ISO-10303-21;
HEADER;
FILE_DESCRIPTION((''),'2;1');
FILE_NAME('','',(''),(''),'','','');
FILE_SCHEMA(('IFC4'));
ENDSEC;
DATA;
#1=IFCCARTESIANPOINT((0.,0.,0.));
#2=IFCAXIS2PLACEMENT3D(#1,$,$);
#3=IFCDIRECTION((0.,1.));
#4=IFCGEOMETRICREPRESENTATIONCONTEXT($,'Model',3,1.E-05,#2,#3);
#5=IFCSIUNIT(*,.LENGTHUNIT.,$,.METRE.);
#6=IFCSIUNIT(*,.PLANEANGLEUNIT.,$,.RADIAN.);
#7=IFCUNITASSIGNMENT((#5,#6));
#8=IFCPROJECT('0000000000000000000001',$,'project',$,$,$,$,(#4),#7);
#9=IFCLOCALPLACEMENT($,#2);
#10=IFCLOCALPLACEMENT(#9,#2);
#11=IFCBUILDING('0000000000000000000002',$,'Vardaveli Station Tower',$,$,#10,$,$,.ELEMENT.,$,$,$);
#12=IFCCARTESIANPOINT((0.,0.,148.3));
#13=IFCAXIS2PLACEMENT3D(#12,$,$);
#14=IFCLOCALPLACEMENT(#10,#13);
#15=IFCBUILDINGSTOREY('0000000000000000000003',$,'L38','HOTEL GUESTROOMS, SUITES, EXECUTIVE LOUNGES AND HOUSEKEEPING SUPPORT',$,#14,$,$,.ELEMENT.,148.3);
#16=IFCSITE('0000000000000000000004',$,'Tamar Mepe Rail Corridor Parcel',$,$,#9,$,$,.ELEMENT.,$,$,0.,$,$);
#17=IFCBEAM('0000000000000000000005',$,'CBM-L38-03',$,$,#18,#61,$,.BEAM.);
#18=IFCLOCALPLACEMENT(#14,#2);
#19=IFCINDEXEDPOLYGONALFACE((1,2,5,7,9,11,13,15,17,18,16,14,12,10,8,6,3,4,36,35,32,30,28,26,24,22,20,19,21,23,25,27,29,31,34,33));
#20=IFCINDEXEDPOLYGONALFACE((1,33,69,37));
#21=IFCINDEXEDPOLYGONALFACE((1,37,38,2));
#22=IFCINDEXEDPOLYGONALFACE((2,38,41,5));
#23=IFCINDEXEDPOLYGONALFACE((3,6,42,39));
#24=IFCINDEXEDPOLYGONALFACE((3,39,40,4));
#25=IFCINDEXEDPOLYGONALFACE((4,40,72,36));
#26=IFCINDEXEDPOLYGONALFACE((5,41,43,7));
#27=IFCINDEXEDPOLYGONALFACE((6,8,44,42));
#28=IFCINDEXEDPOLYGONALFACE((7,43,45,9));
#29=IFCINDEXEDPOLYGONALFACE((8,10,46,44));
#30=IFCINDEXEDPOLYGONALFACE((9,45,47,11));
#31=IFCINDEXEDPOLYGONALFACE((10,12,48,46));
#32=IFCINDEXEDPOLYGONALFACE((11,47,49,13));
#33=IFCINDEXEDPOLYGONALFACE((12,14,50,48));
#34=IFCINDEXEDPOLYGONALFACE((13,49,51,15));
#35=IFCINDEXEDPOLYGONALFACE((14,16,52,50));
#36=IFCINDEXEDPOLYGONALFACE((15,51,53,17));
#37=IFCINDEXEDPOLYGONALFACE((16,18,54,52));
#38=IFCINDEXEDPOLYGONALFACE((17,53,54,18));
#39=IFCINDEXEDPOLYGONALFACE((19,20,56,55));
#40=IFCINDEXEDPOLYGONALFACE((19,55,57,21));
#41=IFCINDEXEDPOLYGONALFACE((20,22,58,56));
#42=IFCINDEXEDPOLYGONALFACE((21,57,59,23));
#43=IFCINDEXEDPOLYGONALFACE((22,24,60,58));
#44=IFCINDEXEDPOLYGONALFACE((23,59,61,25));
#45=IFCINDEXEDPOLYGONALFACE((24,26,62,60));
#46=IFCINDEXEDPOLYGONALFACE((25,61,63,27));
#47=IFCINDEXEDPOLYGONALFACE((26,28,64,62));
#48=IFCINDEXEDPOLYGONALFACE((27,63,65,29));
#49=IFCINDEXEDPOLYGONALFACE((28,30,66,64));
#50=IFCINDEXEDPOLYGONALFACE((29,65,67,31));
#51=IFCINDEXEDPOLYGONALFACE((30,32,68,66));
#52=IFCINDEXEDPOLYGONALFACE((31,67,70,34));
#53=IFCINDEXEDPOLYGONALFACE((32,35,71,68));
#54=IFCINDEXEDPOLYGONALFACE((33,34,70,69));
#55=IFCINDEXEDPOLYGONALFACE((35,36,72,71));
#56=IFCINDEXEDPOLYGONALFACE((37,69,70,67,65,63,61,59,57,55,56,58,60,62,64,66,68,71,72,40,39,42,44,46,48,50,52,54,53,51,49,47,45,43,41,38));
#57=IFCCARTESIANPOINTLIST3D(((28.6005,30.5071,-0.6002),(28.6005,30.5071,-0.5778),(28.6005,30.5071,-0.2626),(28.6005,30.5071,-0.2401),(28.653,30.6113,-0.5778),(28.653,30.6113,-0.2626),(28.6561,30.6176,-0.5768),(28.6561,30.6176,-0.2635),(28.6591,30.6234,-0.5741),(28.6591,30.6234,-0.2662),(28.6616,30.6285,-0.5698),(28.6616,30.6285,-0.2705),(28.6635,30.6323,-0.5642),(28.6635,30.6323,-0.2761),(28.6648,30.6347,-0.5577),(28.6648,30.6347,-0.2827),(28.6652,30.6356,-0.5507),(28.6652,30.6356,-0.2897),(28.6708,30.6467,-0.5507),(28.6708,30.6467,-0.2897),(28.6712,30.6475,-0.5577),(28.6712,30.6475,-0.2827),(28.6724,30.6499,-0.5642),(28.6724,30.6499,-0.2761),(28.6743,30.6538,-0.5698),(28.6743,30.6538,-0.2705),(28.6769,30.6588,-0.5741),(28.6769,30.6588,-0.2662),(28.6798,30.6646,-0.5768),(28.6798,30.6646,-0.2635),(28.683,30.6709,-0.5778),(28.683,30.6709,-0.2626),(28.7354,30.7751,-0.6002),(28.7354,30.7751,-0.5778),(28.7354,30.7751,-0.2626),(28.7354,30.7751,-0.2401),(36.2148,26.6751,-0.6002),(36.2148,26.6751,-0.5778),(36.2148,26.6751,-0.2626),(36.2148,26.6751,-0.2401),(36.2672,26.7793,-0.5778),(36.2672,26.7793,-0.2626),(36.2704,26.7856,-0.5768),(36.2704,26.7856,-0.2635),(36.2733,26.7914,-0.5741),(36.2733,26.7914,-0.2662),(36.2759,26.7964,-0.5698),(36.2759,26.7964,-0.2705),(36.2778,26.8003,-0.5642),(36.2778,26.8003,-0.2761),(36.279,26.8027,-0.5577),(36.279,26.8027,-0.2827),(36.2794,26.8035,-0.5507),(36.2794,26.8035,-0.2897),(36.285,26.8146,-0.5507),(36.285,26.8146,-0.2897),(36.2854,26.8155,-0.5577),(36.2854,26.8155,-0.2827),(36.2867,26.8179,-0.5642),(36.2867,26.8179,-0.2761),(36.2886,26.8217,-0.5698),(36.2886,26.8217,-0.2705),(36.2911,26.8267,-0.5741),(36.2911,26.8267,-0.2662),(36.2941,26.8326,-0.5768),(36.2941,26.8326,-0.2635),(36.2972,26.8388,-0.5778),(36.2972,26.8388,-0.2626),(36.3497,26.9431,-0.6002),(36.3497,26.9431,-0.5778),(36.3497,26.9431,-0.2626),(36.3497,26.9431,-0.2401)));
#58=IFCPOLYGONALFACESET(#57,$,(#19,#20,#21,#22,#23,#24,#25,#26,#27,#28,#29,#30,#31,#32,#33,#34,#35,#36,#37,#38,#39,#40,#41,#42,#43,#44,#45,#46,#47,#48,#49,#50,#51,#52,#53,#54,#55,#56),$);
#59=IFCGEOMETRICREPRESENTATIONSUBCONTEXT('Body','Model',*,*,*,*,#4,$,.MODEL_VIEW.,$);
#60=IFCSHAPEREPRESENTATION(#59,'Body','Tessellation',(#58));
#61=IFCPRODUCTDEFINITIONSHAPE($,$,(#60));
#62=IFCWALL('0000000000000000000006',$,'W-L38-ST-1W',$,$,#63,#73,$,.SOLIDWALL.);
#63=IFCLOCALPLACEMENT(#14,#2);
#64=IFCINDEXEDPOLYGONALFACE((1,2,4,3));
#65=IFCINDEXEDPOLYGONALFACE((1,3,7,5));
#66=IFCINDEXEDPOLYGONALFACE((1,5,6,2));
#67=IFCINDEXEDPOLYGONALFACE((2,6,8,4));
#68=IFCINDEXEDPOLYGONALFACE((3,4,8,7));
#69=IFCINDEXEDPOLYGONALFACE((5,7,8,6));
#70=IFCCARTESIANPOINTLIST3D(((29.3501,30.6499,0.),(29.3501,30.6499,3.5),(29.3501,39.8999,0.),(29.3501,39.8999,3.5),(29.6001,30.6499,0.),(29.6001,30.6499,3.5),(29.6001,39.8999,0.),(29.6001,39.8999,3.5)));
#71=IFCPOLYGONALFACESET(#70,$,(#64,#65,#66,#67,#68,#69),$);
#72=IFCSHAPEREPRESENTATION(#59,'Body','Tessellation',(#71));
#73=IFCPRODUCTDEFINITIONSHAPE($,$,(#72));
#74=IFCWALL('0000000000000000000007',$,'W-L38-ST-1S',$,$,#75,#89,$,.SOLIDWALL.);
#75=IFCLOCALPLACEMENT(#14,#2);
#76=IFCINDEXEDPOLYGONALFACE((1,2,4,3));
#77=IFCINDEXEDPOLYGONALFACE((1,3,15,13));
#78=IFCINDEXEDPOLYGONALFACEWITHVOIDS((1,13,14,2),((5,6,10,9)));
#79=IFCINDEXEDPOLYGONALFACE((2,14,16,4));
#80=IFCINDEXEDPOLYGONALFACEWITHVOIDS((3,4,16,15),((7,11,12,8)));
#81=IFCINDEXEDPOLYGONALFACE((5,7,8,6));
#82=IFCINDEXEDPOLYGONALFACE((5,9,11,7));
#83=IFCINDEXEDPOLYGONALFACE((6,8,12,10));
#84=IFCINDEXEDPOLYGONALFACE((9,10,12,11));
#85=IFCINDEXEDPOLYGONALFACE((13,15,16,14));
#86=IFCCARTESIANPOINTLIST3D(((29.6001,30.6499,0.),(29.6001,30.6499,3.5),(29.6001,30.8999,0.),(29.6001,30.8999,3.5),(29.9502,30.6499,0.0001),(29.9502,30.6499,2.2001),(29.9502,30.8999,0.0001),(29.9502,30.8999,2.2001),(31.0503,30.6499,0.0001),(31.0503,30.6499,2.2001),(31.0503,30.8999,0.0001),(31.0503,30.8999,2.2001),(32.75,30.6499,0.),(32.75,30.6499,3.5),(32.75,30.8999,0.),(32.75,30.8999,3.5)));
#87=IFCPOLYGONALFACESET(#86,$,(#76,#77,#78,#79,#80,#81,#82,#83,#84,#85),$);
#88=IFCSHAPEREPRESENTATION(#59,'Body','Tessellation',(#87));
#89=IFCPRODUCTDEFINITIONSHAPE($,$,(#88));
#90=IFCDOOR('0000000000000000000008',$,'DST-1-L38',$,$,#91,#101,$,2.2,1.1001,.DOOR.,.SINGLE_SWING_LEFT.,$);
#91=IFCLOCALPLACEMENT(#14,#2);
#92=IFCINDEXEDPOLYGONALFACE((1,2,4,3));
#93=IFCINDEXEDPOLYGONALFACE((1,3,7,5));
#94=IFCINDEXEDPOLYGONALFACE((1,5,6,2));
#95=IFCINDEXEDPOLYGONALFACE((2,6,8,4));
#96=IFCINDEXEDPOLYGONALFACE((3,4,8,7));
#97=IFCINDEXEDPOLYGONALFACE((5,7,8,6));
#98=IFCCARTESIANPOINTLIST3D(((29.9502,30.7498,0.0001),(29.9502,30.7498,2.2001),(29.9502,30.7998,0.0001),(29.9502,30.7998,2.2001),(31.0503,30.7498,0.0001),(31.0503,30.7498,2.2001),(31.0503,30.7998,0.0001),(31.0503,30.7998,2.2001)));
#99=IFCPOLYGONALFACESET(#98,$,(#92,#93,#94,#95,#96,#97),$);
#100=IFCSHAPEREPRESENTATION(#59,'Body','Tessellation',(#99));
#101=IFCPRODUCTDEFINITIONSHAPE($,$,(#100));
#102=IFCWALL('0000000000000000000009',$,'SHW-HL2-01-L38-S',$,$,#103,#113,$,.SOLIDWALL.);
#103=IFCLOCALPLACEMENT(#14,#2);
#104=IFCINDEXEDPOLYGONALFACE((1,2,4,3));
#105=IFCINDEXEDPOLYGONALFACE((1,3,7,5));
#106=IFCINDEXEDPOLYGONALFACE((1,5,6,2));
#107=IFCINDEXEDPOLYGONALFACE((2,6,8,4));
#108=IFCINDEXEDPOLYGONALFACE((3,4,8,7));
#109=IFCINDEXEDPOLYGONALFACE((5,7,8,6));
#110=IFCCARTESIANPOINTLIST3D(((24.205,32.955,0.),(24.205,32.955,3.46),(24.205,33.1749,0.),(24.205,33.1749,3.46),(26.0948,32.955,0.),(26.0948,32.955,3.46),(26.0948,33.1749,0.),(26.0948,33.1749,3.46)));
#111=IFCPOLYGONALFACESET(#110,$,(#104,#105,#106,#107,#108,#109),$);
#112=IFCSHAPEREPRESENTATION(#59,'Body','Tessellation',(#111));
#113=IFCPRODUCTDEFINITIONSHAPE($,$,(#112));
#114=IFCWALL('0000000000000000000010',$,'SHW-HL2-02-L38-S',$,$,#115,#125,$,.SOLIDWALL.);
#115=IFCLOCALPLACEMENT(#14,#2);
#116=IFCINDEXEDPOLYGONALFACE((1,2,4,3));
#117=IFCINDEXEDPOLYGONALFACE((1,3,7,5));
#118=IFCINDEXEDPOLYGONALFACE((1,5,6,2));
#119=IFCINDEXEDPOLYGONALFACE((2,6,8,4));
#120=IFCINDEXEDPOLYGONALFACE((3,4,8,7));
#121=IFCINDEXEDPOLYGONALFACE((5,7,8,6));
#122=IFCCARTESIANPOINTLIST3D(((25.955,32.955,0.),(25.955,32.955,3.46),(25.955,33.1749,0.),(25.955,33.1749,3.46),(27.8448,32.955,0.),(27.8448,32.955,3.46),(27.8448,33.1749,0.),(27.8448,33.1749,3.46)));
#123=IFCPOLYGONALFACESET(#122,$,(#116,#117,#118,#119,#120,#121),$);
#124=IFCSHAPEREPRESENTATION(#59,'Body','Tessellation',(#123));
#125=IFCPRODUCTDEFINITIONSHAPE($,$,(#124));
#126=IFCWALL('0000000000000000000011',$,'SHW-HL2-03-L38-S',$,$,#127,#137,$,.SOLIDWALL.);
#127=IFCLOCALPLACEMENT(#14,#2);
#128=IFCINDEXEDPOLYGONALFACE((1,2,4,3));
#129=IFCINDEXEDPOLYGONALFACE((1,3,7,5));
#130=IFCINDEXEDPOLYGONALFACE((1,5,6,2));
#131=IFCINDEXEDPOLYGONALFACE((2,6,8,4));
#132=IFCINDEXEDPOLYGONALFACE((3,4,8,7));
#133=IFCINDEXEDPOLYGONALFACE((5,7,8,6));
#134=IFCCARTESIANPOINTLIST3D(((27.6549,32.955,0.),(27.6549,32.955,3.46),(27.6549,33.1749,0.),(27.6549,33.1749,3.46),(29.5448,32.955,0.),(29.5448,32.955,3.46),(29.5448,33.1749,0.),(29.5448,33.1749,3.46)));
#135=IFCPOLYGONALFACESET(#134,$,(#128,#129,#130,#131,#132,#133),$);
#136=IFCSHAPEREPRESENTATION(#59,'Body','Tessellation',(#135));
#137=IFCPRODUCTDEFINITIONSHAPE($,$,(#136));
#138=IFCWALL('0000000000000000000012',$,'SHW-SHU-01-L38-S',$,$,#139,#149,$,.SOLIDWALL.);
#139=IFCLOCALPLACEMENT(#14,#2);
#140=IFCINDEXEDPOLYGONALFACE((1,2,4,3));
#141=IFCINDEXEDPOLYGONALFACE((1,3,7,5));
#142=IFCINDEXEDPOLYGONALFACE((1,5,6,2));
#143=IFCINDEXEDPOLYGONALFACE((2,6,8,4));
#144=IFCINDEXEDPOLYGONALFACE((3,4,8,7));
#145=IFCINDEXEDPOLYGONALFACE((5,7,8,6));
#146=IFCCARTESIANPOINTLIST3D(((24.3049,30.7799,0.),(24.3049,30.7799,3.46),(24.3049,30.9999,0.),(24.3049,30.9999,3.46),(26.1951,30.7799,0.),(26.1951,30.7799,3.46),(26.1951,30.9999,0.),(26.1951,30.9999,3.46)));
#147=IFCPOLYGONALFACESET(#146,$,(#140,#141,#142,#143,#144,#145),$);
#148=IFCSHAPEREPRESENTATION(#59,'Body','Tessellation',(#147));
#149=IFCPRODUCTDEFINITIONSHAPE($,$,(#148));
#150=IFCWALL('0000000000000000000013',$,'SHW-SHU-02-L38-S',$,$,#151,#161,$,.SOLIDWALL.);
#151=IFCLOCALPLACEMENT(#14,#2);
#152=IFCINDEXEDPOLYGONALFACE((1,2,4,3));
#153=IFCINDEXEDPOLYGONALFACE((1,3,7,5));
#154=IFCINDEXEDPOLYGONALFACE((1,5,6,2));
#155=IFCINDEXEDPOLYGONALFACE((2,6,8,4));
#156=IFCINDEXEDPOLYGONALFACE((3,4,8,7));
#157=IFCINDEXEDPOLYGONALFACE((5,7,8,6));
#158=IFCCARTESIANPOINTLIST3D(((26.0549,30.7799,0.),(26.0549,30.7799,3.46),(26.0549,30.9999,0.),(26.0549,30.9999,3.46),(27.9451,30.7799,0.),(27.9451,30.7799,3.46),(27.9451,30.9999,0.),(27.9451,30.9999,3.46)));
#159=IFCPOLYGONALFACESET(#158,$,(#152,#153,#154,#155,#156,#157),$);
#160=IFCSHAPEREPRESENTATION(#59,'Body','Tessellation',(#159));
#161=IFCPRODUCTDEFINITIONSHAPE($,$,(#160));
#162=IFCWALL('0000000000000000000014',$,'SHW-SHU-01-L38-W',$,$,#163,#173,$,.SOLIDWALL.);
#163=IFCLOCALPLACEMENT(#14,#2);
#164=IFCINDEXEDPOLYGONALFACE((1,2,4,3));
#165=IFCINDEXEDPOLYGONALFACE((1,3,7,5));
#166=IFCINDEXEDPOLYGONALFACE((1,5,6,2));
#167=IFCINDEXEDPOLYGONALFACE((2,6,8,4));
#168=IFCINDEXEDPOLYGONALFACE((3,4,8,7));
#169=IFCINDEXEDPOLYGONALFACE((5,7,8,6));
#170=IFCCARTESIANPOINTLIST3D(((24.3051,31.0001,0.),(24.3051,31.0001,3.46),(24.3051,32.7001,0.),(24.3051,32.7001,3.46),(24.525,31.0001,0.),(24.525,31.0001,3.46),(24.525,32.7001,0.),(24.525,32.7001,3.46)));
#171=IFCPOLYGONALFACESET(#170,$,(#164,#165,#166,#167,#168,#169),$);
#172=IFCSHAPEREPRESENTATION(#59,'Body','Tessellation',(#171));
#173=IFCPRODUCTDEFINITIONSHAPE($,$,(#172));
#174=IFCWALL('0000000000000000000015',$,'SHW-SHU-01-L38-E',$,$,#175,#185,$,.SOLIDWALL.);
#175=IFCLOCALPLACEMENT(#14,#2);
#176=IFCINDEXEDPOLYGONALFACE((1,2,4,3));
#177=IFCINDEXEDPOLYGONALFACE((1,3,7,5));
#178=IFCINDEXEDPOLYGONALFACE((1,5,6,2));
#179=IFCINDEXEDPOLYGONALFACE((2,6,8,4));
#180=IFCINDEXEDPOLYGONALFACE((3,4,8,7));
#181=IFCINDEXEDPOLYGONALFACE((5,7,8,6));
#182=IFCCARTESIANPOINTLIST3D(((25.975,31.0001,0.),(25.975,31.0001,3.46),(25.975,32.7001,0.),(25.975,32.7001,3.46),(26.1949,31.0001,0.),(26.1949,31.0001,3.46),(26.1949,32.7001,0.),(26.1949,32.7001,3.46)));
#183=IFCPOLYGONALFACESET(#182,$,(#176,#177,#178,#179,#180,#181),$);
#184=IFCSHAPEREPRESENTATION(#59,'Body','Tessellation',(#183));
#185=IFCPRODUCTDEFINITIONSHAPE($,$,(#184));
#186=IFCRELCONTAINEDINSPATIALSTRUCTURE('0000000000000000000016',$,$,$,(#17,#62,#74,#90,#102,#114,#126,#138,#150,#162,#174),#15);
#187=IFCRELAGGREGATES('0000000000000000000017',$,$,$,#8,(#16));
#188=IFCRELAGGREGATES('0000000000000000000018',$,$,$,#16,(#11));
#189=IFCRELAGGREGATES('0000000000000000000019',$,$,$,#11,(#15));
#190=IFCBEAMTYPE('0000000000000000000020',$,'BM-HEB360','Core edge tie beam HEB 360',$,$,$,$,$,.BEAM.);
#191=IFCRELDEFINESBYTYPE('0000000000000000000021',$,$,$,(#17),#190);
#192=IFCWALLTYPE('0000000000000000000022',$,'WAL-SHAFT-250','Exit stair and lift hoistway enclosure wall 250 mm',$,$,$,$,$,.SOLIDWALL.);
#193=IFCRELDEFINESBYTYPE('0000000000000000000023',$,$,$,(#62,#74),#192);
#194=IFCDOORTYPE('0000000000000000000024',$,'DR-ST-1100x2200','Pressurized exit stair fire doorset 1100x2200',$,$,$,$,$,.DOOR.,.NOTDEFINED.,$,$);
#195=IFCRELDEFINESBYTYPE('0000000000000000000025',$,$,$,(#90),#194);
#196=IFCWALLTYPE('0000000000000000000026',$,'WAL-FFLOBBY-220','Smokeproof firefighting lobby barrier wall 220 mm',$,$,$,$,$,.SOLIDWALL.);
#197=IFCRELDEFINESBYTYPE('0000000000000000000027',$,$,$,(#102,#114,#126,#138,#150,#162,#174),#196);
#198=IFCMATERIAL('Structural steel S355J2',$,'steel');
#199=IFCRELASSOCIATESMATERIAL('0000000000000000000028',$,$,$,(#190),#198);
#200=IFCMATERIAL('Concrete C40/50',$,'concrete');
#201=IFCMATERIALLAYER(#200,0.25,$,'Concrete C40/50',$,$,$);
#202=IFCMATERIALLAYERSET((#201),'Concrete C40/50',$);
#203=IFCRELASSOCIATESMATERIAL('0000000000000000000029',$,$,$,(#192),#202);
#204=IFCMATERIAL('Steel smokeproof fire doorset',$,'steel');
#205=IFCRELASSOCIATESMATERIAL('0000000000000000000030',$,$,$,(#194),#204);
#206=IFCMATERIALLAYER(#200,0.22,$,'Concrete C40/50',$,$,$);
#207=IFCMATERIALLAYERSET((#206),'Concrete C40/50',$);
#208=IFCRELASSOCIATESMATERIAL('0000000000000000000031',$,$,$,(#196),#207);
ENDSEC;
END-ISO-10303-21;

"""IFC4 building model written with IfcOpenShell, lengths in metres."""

from ifc_helpers import new_model, si_unit, direction, frame, frame_2d, origin, origin_2d, place, context, subcontext, project, spatial, rectangle, i_section, extrude, source, transform, mapped, material, layer, layer_set, material_profile, profile_set, type_object, element, fill, save


model = new_model("IFC4")

# Units and contexts
model_context = context("Model", 3, precision=1e-05, world=origin(), true_north=direction((0.0, 1.0)))
body_context = subcontext(model_context, "Body", "Model", "MODEL_VIEW")
ifc_project = project(units=[si_unit("LENGTHUNIT", "METRE"), si_unit("PLANEANGLEUNIT", "RADIAN")], contexts=[model_context])

# Site, building, storey
site_placement = place(None, origin())
site = spatial("IfcSite", under=ifc_project, at=site_placement, Name="Tamar Mepe Rail Corridor Parcel", CompositionType="ELEMENT", RefElevation=0.0)
building_placement = place(site_placement, origin())
building = spatial("IfcBuilding", under=site, at=building_placement, Name="Vardaveli Station Tower", CompositionType="ELEMENT")
storey_placement = place(building_placement, frame((0.0, 0.0, 148.3)))
storey = spatial("IfcBuildingStorey", under=building, at=storey_placement, Name="L38", Description="HOTEL GUESTROOMS, SUITES, EXECUTIVE LOUNGES AND HOUSEKEEPING SUPPORT", CompositionType="ELEMENT", Elevation=148.3)

# Beam
ifc_material_1 = material(Name="Structural steel S355J2", Category="steel")
ifc_material_profile_1 = material_profile(ifc_material_1, i_section(OverallWidth=0.3, OverallDepth=0.3601, WebThickness=0.0125, FlangeThickness=0.0225, FilletRadius=0.0271, at=origin_2d()), Name="HEB 360")
ifc_profile_set_1 = profile_set([ifc_material_profile_1], Name="Structural steel S355J2")
beam_type_1 = type_object("IfcBeamType", Name="BM-HEB360", Description="Core edge tie beam HEB 360", PredefinedType="BEAM", material=ifc_profile_set_1)
shared_shape_1 = source(origin(), body_context, "Body", "SweptSolid", [
    extrude(i_section(OverallWidth=0.3, OverallDepth=0.3601, WebThickness=0.0125, FlangeThickness=0.0225, FilletRadius=0.0271, at=origin_2d()), origin(), (0.0, 0.0, 1.0), 8.5242),
])
beam_1_placement = place(storey_placement, frame((28.668, 30.6411, -0.4202), z_axis=(0.893256, -0.449549, 0.0), x_axis=(0.449549, 0.893256, 0.0)))
element("IfcBeam", 1, at=beam_1_placement, inside=storey, type_object=beam_type_1, Name="CBM-L38-03", PredefinedType="BEAM", context=body_context, shape_type="MappedRepresentation", body=[
    mapped(shared_shape_1, transform((0.0, 0.0, 0.0), scale=1.0)),
])

# Wall
ifc_material_2 = material(Name="Concrete C40/50", Category="concrete")
ifc_layer_1 = layer(ifc_material_2, 0.25, Name="Concrete C40/50")
ifc_layer_set_1 = layer_set([ifc_layer_1], Name="Concrete C40/50")
wall_type_1 = type_object("IfcWallType", Name="WAL-SHAFT-250", Description="Exit stair and lift hoistway enclosure wall 250 mm", PredefinedType="SOLIDWALL", material=ifc_layer_set_1)
shared_shape_2 = source(origin(), body_context, "Body", "SweptSolid", [
    extrude(rectangle(XDim=9.25, YDim=0.25, at=frame_2d((4.625, 0.0))), origin(), (0.0, 0.0, 1.0), 3.5),
])
wall_1_placement = place(storey_placement, frame((29.4751, 30.6499, 0.0), z_axis=(0.0, 0.0, 1.0), x_axis=(0.0, 1.0, 0.0)))
element("IfcWall", 2, at=wall_1_placement, inside=storey, type_object=wall_type_1, Name="W-L38-ST-1W", PredefinedType="SOLIDWALL", context=body_context, shape_type="MappedRepresentation", body=[
    mapped(shared_shape_2, transform((0.0, 0.0, 0.0), scale=1.0)),
])

# Wall, opening, door
shared_shape_3 = source(origin(), body_context, "Body", "SweptSolid", [
    extrude(rectangle(XDim=3.1499, YDim=0.25, at=frame_2d((1.575, 0.0))), origin(), (0.0, 0.0, 1.0), 3.5),
])
wall_2_placement = place(storey_placement, frame((29.6001, 30.7749, 0.0), z_axis=(0.0, 0.0, 1.0), x_axis=(1.0, 0.0, 0.0)))
wall_2 = element("IfcWall", 3, at=wall_2_placement, inside=storey, type_object=wall_type_1, Name="W-L38-ST-1S", PredefinedType="SOLIDWALL", context=body_context, shape_type="MappedRepresentation", body=[
    mapped(shared_shape_3, transform((0.0, 0.0, 0.0), scale=1.0)),
])
shared_shape_4 = source(origin(), body_context, "Body", "SweptSolid", [
    extrude(rectangle(XDim=1.1001, YDim=2.2, at=frame_2d((0.55, 1.1001))), frame((0.0, 0.135, 0.0), z_axis=(0.0, -1.0, 0.0), x_axis=(1.0, 0.0, 0.0)), (0.0, 0.0, 1.0), 0.27),
])
opening_1_placement = place(wall_2_placement, frame((0.3501, 0.0, 0.0)))
opening_1 = element("IfcOpeningElement", 4, at=opening_1_placement, cuts=wall_2, PredefinedType="OPENING", context=body_context, shape_type="MappedRepresentation", body=[
    mapped(shared_shape_4, transform((0.0, 0.0, 0.0), scale=1.0)),
])
ifc_material_3 = material(Name="Steel smokeproof fire doorset", Category="steel")
door_type_1 = type_object("IfcDoorType", Name="DR-ST-1100x2200", Description="Pressurized exit stair fire doorset 1100x2200", OperationType="NOTDEFINED", PredefinedType="DOOR", material=ifc_material_3)
shared_shape_5 = source(origin(), body_context, "Body", "SweptSolid", [
    extrude(rectangle(XDim=1.1001, YDim=2.2, at=frame_2d((0.55, 1.1001))), frame((0.0, 0.0249, 0.0), z_axis=(0.0, -1.0, 0.0), x_axis=(1.0, 0.0, 0.0)), (0.0, 0.0, 1.0), 0.05),
])
door_1_placement = place(opening_1_placement, origin())
door_1 = element("IfcDoor", 5, at=door_1_placement, inside=storey, type_object=door_type_1, Name="DST-1-L38", OperationType="SINGLE_SWING_LEFT", OverallHeight=2.2, OverallWidth=1.1001, PredefinedType="DOOR", context=body_context, shape_type="MappedRepresentation", body=[
    mapped(shared_shape_5, transform((0.0, 0.0, 0.0), scale=1.0)),
])
fill(opening_1, door_1)

# Walls
ifc_layer_2 = layer(ifc_material_2, 0.22, Name="Concrete C40/50")
ifc_layer_set_2 = layer_set([ifc_layer_2], Name="Concrete C40/50")
wall_type_2 = type_object("IfcWallType", Name="WAL-FFLOBBY-220", Description="Smokeproof firefighting lobby barrier wall 220 mm", PredefinedType="SOLIDWALL", material=ifc_layer_set_2)
shared_shape_6 = source(origin(), body_context, "Body", "SweptSolid", [
    extrude(rectangle(XDim=1.8899, YDim=0.22, at=frame_2d((0.9448, 0.0))), origin(), (0.0, 0.0, 1.0), 3.46),
])
for number, where, z_axis, x_axis, name in (
    (6, (24.2051, 33.0649, 0.0), (0.0, 0.0, 1.0), (1.0, 0.0, 0.0), "SHW-HL2-01-L38-S"),
    (7, (25.9551, 33.0649, 0.0), (0.0, 0.0, 1.0), (1.0, 0.0, 0.0), "SHW-HL2-02-L38-S"),
    (8, (27.655, 33.0649, 0.0), (0.0, 0.0, 1.0), (1.0, 0.0, 0.0), "SHW-HL2-03-L38-S"),
):
    element("IfcWall", number, at=place(storey_placement, frame(where, z_axis=z_axis, x_axis=x_axis)), inside=storey, type_object=wall_type_2, Name=name, PredefinedType="SOLIDWALL", context=body_context, shape_type="MappedRepresentation", body=[
        mapped(shared_shape_6, transform((0.0, 0.0, 0.0), scale=1.0)),
    ])
shared_shape_7 = source(origin(), body_context, "Body", "SweptSolid", [
    extrude(rectangle(XDim=1.8901, YDim=0.22, at=frame_2d((0.9451, 0.0))), origin(), (0.0, 0.0, 1.0), 3.46),
])
for number, where, z_axis, x_axis, name in (
    (9, (24.3049, 30.8899, 0.0), (0.0, 0.0, 1.0), (1.0, 0.0, 0.0), "SHW-SHU-01-L38-S"),
    (10, (26.0549, 30.8899, 0.0), (0.0, 0.0, 1.0), (1.0, 0.0, 0.0), "SHW-SHU-02-L38-S"),
):
    element("IfcWall", number, at=place(storey_placement, frame(where, z_axis=z_axis, x_axis=x_axis)), inside=storey, type_object=wall_type_2, Name=name, PredefinedType="SOLIDWALL", context=body_context, shape_type="MappedRepresentation", body=[
        mapped(shared_shape_7, transform((0.0, 0.0, 0.0), scale=1.0)),
    ])
shared_shape_8 = source(origin(), body_context, "Body", "SweptSolid", [
    extrude(rectangle(XDim=1.7, YDim=0.22, at=frame_2d((0.8501, 0.0))), origin(), (0.0, 0.0, 1.0), 3.46),
])
for number, where, z_axis, x_axis, name in (
    (11, (24.415, 31.0, 0.0), (0.0, 0.0, 1.0), (0.0, 1.0, 0.0), "SHW-SHU-01-L38-W"),
    (12, (26.085, 31.0, 0.0), (0.0, 0.0, 1.0), (0.0, 1.0, 0.0), "SHW-SHU-01-L38-E"),
):
    element("IfcWall", number, at=place(storey_placement, frame(where, z_axis=z_axis, x_axis=x_axis)), inside=storey, type_object=wall_type_2, Name=name, PredefinedType="SOLIDWALL", context=body_context, shape_type="MappedRepresentation", body=[
        mapped(shared_shape_8, transform((0.0, 0.0, 0.0), scale=1.0)),
    ])

save(model, "model.ifc")
